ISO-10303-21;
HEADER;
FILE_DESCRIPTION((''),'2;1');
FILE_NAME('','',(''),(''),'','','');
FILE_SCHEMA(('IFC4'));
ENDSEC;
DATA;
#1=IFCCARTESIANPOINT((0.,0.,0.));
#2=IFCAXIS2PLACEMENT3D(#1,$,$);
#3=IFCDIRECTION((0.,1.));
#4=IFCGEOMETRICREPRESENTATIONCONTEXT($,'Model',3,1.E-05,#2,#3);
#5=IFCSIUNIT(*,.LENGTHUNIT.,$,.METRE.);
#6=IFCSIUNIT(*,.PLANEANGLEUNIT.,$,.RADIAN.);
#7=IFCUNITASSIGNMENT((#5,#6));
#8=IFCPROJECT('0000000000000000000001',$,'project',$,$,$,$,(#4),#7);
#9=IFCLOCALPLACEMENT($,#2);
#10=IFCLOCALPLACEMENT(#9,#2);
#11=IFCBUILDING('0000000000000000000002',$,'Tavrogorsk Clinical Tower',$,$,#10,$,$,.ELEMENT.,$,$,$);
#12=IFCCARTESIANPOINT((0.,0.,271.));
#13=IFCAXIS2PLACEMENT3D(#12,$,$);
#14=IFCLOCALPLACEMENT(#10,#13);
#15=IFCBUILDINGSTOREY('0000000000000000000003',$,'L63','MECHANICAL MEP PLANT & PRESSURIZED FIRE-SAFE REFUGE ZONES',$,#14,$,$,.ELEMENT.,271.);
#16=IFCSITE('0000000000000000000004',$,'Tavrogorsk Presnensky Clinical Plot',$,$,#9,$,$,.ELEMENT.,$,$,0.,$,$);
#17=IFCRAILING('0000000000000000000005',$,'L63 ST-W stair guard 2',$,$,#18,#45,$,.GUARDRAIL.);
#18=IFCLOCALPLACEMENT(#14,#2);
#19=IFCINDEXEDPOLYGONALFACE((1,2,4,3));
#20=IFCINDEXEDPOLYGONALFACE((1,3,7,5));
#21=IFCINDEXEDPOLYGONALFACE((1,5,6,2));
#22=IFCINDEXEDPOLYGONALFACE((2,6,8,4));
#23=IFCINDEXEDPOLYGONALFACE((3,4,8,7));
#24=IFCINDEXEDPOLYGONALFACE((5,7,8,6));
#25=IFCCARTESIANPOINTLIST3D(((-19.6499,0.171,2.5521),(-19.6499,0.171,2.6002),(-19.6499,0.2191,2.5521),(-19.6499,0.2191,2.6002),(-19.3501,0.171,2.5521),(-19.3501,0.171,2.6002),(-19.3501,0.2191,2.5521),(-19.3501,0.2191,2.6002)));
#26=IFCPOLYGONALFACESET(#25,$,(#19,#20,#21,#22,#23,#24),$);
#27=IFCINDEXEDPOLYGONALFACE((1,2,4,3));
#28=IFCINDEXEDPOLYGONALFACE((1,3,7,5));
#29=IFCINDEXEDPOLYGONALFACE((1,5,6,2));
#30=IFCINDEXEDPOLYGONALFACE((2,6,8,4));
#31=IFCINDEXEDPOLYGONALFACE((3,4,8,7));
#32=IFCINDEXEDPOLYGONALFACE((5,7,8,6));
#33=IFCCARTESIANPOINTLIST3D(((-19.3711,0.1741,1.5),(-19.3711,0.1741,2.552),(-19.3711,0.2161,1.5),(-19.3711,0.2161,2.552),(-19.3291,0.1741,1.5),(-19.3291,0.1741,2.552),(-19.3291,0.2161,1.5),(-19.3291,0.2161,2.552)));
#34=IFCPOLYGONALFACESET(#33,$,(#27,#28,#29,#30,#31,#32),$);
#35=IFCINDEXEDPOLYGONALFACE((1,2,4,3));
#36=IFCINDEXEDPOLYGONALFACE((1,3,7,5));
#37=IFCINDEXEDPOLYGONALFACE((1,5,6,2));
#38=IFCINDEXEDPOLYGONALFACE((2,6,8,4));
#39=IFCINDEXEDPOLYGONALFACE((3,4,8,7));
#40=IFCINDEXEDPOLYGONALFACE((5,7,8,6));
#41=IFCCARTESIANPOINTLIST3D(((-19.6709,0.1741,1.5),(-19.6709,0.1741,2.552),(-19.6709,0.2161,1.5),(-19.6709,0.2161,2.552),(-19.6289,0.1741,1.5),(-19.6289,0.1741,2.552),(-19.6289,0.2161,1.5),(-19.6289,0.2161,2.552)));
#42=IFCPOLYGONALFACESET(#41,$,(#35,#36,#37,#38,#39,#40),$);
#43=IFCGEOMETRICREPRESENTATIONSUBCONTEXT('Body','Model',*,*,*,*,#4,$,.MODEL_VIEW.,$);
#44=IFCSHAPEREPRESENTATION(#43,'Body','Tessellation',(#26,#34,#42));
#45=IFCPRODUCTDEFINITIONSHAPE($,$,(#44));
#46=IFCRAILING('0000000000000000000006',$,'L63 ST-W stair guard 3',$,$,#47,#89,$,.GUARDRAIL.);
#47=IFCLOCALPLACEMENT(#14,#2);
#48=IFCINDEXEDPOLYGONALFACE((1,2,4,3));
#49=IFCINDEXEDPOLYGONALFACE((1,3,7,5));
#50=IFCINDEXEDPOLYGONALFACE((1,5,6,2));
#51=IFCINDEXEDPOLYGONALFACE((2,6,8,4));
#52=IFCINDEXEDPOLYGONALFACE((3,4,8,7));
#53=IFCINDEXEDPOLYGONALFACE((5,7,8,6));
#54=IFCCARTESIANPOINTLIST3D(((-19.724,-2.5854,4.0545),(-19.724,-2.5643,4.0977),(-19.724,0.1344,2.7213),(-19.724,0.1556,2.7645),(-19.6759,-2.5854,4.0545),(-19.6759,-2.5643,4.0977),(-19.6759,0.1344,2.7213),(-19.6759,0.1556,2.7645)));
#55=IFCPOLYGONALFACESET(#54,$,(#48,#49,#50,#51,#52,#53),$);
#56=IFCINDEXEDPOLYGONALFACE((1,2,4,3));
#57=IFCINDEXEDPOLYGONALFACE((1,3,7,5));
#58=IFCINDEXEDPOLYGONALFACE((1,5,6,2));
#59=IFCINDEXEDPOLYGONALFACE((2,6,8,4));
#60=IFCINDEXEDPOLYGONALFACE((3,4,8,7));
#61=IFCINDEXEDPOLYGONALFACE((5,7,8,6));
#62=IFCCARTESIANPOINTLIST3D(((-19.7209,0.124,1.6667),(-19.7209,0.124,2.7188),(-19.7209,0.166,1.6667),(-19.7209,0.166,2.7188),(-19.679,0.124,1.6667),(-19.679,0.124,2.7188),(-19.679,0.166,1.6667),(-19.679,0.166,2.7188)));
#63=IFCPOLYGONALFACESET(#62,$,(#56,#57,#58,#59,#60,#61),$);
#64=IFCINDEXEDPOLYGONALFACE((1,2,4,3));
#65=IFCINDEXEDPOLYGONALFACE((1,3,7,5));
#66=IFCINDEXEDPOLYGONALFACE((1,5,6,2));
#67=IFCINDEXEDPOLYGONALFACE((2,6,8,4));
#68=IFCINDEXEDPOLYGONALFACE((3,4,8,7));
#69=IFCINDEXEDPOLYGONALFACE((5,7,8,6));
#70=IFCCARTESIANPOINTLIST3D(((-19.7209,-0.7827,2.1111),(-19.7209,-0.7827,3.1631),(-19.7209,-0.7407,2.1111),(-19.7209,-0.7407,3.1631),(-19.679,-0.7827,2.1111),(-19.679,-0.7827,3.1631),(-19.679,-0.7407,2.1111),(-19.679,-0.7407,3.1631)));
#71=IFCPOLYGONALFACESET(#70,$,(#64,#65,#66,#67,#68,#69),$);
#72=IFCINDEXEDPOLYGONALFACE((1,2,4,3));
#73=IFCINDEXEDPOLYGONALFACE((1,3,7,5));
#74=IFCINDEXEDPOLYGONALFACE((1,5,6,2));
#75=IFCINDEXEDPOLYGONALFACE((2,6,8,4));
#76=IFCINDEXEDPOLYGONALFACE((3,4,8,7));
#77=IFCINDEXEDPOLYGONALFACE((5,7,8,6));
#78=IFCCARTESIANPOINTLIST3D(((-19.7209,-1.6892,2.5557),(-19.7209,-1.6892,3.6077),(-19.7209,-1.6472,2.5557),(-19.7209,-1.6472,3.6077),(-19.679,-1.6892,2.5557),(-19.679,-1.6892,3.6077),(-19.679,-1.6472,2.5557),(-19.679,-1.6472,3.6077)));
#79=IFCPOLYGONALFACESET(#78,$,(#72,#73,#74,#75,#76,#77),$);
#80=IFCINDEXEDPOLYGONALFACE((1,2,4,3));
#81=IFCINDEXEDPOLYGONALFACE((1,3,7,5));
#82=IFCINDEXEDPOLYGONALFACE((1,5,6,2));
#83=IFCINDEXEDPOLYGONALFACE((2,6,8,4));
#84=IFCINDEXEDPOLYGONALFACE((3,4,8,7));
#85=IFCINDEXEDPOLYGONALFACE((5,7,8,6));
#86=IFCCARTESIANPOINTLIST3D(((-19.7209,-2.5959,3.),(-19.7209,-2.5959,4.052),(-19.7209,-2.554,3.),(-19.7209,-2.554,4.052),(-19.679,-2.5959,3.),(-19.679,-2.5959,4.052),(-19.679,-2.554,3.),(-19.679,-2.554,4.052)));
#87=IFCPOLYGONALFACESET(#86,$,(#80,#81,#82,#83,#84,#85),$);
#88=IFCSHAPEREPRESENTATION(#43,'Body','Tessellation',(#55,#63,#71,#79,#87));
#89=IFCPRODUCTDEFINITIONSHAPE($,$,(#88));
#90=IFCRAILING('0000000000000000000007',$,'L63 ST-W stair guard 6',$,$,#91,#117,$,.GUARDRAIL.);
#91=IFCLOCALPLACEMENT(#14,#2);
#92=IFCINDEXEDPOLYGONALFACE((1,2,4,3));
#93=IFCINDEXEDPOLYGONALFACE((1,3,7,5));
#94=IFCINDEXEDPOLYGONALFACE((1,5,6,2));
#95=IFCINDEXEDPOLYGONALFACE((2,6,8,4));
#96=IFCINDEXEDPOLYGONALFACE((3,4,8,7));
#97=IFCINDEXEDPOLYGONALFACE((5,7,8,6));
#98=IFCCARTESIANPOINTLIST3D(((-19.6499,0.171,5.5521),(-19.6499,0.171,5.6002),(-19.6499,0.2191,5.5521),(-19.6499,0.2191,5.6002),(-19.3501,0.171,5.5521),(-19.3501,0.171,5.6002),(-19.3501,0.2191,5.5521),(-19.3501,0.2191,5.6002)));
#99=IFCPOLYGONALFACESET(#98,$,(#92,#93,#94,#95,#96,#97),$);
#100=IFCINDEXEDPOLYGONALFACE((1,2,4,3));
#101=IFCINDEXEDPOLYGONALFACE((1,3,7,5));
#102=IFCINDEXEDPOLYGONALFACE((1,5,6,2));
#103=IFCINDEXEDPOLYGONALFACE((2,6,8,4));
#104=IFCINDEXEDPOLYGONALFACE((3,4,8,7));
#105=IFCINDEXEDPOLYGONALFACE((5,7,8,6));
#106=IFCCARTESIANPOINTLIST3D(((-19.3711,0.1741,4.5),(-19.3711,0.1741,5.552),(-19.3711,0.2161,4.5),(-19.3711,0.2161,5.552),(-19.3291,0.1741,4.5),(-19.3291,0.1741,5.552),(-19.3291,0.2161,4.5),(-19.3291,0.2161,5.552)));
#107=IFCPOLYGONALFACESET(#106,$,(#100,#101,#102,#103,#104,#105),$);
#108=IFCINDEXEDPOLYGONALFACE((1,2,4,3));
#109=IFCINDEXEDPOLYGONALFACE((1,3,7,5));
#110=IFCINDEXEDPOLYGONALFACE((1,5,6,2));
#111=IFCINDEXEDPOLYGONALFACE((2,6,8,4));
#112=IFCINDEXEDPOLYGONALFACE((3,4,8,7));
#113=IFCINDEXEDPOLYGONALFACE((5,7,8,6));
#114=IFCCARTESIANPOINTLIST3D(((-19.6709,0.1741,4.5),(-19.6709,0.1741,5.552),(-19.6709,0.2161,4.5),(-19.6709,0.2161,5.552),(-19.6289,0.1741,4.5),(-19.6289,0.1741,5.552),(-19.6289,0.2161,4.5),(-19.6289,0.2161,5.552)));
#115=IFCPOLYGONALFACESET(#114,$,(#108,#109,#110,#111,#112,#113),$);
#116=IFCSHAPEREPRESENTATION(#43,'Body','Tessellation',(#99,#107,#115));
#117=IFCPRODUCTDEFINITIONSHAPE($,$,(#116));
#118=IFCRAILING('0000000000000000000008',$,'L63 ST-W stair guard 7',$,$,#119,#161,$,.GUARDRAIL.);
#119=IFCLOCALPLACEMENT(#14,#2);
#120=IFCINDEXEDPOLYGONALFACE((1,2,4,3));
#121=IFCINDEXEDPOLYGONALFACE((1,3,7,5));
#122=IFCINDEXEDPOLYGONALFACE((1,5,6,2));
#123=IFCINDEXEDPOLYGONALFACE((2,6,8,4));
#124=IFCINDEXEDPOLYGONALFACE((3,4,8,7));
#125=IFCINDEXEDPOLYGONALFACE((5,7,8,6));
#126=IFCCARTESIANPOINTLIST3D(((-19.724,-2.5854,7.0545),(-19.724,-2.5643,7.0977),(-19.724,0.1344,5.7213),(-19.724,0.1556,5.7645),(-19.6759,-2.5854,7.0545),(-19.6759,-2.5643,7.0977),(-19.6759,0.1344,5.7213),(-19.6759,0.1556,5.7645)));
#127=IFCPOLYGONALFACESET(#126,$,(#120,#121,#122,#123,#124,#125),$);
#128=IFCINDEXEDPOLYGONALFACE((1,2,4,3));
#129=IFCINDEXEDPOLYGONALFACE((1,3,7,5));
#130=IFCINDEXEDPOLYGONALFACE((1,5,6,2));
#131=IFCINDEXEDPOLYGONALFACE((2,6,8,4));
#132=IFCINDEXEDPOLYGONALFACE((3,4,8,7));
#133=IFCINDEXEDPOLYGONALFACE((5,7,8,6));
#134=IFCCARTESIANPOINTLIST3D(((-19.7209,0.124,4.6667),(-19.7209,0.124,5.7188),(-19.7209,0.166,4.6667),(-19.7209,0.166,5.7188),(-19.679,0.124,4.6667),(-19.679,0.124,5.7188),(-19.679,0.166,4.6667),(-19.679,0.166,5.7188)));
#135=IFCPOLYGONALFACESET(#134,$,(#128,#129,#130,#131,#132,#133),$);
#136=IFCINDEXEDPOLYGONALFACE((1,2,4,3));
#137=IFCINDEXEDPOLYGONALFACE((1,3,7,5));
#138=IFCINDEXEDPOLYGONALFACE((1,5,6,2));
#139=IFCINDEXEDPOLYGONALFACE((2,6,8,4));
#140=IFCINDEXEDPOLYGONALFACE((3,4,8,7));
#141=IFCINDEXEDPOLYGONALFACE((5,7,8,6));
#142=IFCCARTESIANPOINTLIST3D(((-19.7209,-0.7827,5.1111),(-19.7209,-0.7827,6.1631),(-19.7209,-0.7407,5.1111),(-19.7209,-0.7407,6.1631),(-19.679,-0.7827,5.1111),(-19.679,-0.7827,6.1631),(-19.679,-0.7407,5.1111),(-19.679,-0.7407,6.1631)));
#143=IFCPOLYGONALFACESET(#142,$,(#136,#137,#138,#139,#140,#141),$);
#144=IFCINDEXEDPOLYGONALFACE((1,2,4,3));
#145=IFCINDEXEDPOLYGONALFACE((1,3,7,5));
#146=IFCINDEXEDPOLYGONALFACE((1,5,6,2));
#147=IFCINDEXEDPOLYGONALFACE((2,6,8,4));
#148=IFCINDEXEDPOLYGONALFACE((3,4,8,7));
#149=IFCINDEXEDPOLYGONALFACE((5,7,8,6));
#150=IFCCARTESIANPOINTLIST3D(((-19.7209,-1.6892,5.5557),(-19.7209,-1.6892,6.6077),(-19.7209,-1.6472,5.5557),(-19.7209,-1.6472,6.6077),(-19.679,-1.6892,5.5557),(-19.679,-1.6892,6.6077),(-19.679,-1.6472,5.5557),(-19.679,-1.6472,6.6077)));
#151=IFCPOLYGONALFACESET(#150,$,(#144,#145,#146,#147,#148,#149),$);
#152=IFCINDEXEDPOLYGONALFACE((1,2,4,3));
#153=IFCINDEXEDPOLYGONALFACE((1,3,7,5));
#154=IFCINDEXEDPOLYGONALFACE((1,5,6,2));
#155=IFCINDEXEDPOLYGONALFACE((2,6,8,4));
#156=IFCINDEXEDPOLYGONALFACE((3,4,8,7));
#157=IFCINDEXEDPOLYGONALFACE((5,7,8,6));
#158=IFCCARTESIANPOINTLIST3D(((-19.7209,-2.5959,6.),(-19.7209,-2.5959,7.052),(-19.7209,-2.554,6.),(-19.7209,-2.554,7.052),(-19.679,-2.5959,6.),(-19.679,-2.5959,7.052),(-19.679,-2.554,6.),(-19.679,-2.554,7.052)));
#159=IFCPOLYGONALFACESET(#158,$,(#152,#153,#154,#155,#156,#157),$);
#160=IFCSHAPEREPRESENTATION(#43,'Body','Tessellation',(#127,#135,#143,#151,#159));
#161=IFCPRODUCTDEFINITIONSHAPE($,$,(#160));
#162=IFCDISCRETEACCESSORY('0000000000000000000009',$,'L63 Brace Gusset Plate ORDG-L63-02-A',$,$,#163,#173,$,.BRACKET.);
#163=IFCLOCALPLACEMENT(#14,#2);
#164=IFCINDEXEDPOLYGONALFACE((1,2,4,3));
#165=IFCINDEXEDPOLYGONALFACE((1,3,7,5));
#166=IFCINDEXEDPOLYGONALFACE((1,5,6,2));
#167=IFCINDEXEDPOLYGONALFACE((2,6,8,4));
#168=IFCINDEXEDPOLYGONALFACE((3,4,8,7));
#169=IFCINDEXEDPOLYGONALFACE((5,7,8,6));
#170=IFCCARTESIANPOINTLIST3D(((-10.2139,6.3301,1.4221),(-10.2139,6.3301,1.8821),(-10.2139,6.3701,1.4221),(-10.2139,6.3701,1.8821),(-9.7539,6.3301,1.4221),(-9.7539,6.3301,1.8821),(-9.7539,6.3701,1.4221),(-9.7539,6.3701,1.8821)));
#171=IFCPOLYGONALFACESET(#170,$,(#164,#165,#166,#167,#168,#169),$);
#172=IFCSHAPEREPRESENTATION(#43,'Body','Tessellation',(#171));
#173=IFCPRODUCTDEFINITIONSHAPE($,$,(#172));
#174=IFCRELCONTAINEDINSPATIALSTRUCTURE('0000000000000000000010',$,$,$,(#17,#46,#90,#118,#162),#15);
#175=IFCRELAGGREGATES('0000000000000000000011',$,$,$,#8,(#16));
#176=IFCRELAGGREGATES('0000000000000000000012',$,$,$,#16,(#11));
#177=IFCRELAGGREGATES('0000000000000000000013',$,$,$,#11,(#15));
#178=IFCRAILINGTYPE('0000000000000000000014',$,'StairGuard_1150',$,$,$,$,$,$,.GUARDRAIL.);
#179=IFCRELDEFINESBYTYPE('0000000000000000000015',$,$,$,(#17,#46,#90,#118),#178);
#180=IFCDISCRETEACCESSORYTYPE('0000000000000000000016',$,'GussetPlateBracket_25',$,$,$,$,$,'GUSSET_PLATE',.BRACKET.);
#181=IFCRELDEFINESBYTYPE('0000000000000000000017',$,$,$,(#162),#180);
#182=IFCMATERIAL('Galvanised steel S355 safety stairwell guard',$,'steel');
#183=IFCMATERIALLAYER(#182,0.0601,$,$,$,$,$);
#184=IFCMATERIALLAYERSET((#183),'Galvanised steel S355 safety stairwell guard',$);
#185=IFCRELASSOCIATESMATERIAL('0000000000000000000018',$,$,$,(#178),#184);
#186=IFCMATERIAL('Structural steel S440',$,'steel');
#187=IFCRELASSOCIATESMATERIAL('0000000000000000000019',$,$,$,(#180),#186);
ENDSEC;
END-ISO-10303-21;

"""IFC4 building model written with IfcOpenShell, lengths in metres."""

from ifc_helpers import new_model, si_unit, direction, frame, origin, origin_2d, place, context, subcontext, project, spatial, rectangle, extrude, material, layer, layer_set, type_object, element, save


model = new_model("IFC4")

# Units and contexts
model_context = context("Model", 3, precision=1e-05, world=origin(), true_north=direction((0.0, 1.0)))
body_context = subcontext(model_context, "Body", "Model", "MODEL_VIEW")
ifc_project = project(units=[si_unit("LENGTHUNIT", "METRE"), si_unit("PLANEANGLEUNIT", "RADIAN")], contexts=[model_context])

# Site, building, storey
site_placement = place(None, origin())
site = spatial("IfcSite", under=ifc_project, at=site_placement, Name="Tavrogorsk Presnensky Clinical Plot", CompositionType="ELEMENT", RefElevation=0.0)
building_placement = place(site_placement, origin())
building = spatial("IfcBuilding", under=site, at=building_placement, Name="Tavrogorsk Clinical Tower", CompositionType="ELEMENT")
storey_placement = place(building_placement, frame((0.0, 0.0, 271.0)))
storey = spatial("IfcBuildingStorey", under=building, at=storey_placement, Name="L63", Description="MECHANICAL MEP PLANT & PRESSURIZED FIRE-SAFE REFUGE ZONES", CompositionType="ELEMENT", Elevation=271.0)

# Railings
ifc_material_1 = material(Name="Galvanised steel S355 safety stairwell guard", Category="steel")
ifc_layer_1 = layer(ifc_material_1, 0.0601)
ifc_layer_set_1 = layer_set([ifc_layer_1], Name="Galvanised steel S355 safety stairwell guard")
railing_type = type_object("IfcRailingType", Name="StairGuard_1150", PredefinedType="GUARDRAIL", material=ifc_layer_set_1)
railing_1_placement = place(storey_placement, frame((-19.3501, 0.1951, 1.5)))
element("IfcRailing", 1, at=railing_1_placement, inside=storey, type_object=railing_type, Name="L63 ST-W stair guard 2", PredefinedType="GUARDRAIL", context=body_context, shape_type="SweptSolid", body=[
    extrude(rectangle(XDim=0.0481, YDim=0.0481, at=origin_2d()), frame((0.0, 0.0, 1.0762), z_axis=(-1.0, 0.0, 0.0), x_axis=(0.0, -1.0, 0.0)), (0.0, 0.0, 1.0), 0.2998),
    extrude(rectangle(XDim=0.042, YDim=0.042, at=origin_2d()), origin(), (0.0, 0.0, 1.0), 1.052),
    extrude(rectangle(XDim=0.042, YDim=0.042, at=origin_2d()), frame((-0.2998, 0.0, 0.0)), (0.0, 0.0, 1.0), 1.052),
])
railing_2_placement = place(storey_placement, frame((-19.7, 0.145, 1.6667)))
element("IfcRailing", 2, at=railing_2_placement, inside=storey, type_object=railing_type, Name="L63 ST-W stair guard 3", PredefinedType="GUARDRAIL", context=body_context, shape_type="SweptSolid", body=[
    extrude(rectangle(XDim=0.0481, YDim=0.0481, at=origin_2d()), frame((0.0, 0.0, 1.0762), z_axis=(0.0, -0.897929, 0.440139), x_axis=(1.0, 0.0, 0.0)), (0.0, 0.0, 1.0), 3.0291),
    extrude(rectangle(XDim=0.042, YDim=0.042, at=origin_2d()), origin(), (0.0, 0.0, 1.0), 1.052),
    extrude(rectangle(XDim=0.042, YDim=0.042, at=origin_2d()), frame((0.0, -0.9067, 0.4443)), (0.0, 0.0, 1.0), 1.052),
    extrude(rectangle(XDim=0.042, YDim=0.042, at=origin_2d()), frame((0.0, -1.8132, 0.8889)), (0.0, 0.0, 1.0), 1.052),
    extrude(rectangle(XDim=0.042, YDim=0.042, at=origin_2d()), frame((0.0, -2.72, 1.3333)), (0.0, 0.0, 1.0), 1.052),
])
railing_3_placement = place(storey_placement, frame((-19.3501, 0.1951, 4.5)))
element("IfcRailing", 3, at=railing_3_placement, inside=storey, type_object=railing_type, Name="L63 ST-W stair guard 6", PredefinedType="GUARDRAIL", context=body_context, shape_type="SweptSolid", body=[
    extrude(rectangle(XDim=0.0481, YDim=0.0481, at=origin_2d()), frame((0.0, 0.0, 1.0762), z_axis=(-1.0, 0.0, 0.0), x_axis=(0.0, -1.0, 0.0)), (0.0, 0.0, 1.0), 0.2998),
    extrude(rectangle(XDim=0.042, YDim=0.042, at=origin_2d()), origin(), (0.0, 0.0, 1.0), 1.052),
    extrude(rectangle(XDim=0.042, YDim=0.042, at=origin_2d()), frame((-0.2998, 0.0, 0.0)), (0.0, 0.0, 1.0), 1.052),
])
railing_4_placement = place(storey_placement, frame((-19.7, 0.145, 4.6667)))
element("IfcRailing", 4, at=railing_4_placement, inside=storey, type_object=railing_type, Name="L63 ST-W stair guard 7", PredefinedType="GUARDRAIL", context=body_context, shape_type="SweptSolid", body=[
    extrude(rectangle(XDim=0.0481, YDim=0.0481, at=origin_2d()), frame((0.0, 0.0, 1.0762), z_axis=(0.0, -0.897929, 0.440139), x_axis=(1.0, 0.0, 0.0)), (0.0, 0.0, 1.0), 3.0291),
    extrude(rectangle(XDim=0.042, YDim=0.042, at=origin_2d()), origin(), (0.0, 0.0, 1.0), 1.052),
    extrude(rectangle(XDim=0.042, YDim=0.042, at=origin_2d()), frame((0.0, -0.9067, 0.4443)), (0.0, 0.0, 1.0), 1.052),
    extrude(rectangle(XDim=0.042, YDim=0.042, at=origin_2d()), frame((0.0, -1.8132, 0.8889)), (0.0, 0.0, 1.0), 1.052),
    extrude(rectangle(XDim=0.042, YDim=0.042, at=origin_2d()), frame((0.0, -2.72, 1.3333)), (0.0, 0.0, 1.0), 1.052),
])

# Discrete accessory
ifc_material_2 = material(Name="Structural steel S440", Category="steel")
discrete_accessory_type = type_object("IfcDiscreteAccessoryType", Name="GussetPlateBracket_25", ElementType="GUSSET_PLATE", PredefinedType="BRACKET", material=ifc_material_2)
discrete_accessory_placement = place(storey_placement, frame((-9.9839, 6.3501, 1.4221), z_axis=(0.0, 0.0, 1.0), x_axis=(1.0, 0.0, 0.0)))
element("IfcDiscreteAccessory", 5, at=discrete_accessory_placement, inside=storey, type_object=discrete_accessory_type, Name="L63 Brace Gusset Plate ORDG-L63-02-A", PredefinedType="BRACKET", context=body_context, shape_type="SweptSolid", body=[
    extrude(rectangle(XDim=0.46, YDim=0.04, at=origin_2d()), origin(), (0.0, 0.0, 1.0), 0.46),
])

save(model, "model.ifc")
